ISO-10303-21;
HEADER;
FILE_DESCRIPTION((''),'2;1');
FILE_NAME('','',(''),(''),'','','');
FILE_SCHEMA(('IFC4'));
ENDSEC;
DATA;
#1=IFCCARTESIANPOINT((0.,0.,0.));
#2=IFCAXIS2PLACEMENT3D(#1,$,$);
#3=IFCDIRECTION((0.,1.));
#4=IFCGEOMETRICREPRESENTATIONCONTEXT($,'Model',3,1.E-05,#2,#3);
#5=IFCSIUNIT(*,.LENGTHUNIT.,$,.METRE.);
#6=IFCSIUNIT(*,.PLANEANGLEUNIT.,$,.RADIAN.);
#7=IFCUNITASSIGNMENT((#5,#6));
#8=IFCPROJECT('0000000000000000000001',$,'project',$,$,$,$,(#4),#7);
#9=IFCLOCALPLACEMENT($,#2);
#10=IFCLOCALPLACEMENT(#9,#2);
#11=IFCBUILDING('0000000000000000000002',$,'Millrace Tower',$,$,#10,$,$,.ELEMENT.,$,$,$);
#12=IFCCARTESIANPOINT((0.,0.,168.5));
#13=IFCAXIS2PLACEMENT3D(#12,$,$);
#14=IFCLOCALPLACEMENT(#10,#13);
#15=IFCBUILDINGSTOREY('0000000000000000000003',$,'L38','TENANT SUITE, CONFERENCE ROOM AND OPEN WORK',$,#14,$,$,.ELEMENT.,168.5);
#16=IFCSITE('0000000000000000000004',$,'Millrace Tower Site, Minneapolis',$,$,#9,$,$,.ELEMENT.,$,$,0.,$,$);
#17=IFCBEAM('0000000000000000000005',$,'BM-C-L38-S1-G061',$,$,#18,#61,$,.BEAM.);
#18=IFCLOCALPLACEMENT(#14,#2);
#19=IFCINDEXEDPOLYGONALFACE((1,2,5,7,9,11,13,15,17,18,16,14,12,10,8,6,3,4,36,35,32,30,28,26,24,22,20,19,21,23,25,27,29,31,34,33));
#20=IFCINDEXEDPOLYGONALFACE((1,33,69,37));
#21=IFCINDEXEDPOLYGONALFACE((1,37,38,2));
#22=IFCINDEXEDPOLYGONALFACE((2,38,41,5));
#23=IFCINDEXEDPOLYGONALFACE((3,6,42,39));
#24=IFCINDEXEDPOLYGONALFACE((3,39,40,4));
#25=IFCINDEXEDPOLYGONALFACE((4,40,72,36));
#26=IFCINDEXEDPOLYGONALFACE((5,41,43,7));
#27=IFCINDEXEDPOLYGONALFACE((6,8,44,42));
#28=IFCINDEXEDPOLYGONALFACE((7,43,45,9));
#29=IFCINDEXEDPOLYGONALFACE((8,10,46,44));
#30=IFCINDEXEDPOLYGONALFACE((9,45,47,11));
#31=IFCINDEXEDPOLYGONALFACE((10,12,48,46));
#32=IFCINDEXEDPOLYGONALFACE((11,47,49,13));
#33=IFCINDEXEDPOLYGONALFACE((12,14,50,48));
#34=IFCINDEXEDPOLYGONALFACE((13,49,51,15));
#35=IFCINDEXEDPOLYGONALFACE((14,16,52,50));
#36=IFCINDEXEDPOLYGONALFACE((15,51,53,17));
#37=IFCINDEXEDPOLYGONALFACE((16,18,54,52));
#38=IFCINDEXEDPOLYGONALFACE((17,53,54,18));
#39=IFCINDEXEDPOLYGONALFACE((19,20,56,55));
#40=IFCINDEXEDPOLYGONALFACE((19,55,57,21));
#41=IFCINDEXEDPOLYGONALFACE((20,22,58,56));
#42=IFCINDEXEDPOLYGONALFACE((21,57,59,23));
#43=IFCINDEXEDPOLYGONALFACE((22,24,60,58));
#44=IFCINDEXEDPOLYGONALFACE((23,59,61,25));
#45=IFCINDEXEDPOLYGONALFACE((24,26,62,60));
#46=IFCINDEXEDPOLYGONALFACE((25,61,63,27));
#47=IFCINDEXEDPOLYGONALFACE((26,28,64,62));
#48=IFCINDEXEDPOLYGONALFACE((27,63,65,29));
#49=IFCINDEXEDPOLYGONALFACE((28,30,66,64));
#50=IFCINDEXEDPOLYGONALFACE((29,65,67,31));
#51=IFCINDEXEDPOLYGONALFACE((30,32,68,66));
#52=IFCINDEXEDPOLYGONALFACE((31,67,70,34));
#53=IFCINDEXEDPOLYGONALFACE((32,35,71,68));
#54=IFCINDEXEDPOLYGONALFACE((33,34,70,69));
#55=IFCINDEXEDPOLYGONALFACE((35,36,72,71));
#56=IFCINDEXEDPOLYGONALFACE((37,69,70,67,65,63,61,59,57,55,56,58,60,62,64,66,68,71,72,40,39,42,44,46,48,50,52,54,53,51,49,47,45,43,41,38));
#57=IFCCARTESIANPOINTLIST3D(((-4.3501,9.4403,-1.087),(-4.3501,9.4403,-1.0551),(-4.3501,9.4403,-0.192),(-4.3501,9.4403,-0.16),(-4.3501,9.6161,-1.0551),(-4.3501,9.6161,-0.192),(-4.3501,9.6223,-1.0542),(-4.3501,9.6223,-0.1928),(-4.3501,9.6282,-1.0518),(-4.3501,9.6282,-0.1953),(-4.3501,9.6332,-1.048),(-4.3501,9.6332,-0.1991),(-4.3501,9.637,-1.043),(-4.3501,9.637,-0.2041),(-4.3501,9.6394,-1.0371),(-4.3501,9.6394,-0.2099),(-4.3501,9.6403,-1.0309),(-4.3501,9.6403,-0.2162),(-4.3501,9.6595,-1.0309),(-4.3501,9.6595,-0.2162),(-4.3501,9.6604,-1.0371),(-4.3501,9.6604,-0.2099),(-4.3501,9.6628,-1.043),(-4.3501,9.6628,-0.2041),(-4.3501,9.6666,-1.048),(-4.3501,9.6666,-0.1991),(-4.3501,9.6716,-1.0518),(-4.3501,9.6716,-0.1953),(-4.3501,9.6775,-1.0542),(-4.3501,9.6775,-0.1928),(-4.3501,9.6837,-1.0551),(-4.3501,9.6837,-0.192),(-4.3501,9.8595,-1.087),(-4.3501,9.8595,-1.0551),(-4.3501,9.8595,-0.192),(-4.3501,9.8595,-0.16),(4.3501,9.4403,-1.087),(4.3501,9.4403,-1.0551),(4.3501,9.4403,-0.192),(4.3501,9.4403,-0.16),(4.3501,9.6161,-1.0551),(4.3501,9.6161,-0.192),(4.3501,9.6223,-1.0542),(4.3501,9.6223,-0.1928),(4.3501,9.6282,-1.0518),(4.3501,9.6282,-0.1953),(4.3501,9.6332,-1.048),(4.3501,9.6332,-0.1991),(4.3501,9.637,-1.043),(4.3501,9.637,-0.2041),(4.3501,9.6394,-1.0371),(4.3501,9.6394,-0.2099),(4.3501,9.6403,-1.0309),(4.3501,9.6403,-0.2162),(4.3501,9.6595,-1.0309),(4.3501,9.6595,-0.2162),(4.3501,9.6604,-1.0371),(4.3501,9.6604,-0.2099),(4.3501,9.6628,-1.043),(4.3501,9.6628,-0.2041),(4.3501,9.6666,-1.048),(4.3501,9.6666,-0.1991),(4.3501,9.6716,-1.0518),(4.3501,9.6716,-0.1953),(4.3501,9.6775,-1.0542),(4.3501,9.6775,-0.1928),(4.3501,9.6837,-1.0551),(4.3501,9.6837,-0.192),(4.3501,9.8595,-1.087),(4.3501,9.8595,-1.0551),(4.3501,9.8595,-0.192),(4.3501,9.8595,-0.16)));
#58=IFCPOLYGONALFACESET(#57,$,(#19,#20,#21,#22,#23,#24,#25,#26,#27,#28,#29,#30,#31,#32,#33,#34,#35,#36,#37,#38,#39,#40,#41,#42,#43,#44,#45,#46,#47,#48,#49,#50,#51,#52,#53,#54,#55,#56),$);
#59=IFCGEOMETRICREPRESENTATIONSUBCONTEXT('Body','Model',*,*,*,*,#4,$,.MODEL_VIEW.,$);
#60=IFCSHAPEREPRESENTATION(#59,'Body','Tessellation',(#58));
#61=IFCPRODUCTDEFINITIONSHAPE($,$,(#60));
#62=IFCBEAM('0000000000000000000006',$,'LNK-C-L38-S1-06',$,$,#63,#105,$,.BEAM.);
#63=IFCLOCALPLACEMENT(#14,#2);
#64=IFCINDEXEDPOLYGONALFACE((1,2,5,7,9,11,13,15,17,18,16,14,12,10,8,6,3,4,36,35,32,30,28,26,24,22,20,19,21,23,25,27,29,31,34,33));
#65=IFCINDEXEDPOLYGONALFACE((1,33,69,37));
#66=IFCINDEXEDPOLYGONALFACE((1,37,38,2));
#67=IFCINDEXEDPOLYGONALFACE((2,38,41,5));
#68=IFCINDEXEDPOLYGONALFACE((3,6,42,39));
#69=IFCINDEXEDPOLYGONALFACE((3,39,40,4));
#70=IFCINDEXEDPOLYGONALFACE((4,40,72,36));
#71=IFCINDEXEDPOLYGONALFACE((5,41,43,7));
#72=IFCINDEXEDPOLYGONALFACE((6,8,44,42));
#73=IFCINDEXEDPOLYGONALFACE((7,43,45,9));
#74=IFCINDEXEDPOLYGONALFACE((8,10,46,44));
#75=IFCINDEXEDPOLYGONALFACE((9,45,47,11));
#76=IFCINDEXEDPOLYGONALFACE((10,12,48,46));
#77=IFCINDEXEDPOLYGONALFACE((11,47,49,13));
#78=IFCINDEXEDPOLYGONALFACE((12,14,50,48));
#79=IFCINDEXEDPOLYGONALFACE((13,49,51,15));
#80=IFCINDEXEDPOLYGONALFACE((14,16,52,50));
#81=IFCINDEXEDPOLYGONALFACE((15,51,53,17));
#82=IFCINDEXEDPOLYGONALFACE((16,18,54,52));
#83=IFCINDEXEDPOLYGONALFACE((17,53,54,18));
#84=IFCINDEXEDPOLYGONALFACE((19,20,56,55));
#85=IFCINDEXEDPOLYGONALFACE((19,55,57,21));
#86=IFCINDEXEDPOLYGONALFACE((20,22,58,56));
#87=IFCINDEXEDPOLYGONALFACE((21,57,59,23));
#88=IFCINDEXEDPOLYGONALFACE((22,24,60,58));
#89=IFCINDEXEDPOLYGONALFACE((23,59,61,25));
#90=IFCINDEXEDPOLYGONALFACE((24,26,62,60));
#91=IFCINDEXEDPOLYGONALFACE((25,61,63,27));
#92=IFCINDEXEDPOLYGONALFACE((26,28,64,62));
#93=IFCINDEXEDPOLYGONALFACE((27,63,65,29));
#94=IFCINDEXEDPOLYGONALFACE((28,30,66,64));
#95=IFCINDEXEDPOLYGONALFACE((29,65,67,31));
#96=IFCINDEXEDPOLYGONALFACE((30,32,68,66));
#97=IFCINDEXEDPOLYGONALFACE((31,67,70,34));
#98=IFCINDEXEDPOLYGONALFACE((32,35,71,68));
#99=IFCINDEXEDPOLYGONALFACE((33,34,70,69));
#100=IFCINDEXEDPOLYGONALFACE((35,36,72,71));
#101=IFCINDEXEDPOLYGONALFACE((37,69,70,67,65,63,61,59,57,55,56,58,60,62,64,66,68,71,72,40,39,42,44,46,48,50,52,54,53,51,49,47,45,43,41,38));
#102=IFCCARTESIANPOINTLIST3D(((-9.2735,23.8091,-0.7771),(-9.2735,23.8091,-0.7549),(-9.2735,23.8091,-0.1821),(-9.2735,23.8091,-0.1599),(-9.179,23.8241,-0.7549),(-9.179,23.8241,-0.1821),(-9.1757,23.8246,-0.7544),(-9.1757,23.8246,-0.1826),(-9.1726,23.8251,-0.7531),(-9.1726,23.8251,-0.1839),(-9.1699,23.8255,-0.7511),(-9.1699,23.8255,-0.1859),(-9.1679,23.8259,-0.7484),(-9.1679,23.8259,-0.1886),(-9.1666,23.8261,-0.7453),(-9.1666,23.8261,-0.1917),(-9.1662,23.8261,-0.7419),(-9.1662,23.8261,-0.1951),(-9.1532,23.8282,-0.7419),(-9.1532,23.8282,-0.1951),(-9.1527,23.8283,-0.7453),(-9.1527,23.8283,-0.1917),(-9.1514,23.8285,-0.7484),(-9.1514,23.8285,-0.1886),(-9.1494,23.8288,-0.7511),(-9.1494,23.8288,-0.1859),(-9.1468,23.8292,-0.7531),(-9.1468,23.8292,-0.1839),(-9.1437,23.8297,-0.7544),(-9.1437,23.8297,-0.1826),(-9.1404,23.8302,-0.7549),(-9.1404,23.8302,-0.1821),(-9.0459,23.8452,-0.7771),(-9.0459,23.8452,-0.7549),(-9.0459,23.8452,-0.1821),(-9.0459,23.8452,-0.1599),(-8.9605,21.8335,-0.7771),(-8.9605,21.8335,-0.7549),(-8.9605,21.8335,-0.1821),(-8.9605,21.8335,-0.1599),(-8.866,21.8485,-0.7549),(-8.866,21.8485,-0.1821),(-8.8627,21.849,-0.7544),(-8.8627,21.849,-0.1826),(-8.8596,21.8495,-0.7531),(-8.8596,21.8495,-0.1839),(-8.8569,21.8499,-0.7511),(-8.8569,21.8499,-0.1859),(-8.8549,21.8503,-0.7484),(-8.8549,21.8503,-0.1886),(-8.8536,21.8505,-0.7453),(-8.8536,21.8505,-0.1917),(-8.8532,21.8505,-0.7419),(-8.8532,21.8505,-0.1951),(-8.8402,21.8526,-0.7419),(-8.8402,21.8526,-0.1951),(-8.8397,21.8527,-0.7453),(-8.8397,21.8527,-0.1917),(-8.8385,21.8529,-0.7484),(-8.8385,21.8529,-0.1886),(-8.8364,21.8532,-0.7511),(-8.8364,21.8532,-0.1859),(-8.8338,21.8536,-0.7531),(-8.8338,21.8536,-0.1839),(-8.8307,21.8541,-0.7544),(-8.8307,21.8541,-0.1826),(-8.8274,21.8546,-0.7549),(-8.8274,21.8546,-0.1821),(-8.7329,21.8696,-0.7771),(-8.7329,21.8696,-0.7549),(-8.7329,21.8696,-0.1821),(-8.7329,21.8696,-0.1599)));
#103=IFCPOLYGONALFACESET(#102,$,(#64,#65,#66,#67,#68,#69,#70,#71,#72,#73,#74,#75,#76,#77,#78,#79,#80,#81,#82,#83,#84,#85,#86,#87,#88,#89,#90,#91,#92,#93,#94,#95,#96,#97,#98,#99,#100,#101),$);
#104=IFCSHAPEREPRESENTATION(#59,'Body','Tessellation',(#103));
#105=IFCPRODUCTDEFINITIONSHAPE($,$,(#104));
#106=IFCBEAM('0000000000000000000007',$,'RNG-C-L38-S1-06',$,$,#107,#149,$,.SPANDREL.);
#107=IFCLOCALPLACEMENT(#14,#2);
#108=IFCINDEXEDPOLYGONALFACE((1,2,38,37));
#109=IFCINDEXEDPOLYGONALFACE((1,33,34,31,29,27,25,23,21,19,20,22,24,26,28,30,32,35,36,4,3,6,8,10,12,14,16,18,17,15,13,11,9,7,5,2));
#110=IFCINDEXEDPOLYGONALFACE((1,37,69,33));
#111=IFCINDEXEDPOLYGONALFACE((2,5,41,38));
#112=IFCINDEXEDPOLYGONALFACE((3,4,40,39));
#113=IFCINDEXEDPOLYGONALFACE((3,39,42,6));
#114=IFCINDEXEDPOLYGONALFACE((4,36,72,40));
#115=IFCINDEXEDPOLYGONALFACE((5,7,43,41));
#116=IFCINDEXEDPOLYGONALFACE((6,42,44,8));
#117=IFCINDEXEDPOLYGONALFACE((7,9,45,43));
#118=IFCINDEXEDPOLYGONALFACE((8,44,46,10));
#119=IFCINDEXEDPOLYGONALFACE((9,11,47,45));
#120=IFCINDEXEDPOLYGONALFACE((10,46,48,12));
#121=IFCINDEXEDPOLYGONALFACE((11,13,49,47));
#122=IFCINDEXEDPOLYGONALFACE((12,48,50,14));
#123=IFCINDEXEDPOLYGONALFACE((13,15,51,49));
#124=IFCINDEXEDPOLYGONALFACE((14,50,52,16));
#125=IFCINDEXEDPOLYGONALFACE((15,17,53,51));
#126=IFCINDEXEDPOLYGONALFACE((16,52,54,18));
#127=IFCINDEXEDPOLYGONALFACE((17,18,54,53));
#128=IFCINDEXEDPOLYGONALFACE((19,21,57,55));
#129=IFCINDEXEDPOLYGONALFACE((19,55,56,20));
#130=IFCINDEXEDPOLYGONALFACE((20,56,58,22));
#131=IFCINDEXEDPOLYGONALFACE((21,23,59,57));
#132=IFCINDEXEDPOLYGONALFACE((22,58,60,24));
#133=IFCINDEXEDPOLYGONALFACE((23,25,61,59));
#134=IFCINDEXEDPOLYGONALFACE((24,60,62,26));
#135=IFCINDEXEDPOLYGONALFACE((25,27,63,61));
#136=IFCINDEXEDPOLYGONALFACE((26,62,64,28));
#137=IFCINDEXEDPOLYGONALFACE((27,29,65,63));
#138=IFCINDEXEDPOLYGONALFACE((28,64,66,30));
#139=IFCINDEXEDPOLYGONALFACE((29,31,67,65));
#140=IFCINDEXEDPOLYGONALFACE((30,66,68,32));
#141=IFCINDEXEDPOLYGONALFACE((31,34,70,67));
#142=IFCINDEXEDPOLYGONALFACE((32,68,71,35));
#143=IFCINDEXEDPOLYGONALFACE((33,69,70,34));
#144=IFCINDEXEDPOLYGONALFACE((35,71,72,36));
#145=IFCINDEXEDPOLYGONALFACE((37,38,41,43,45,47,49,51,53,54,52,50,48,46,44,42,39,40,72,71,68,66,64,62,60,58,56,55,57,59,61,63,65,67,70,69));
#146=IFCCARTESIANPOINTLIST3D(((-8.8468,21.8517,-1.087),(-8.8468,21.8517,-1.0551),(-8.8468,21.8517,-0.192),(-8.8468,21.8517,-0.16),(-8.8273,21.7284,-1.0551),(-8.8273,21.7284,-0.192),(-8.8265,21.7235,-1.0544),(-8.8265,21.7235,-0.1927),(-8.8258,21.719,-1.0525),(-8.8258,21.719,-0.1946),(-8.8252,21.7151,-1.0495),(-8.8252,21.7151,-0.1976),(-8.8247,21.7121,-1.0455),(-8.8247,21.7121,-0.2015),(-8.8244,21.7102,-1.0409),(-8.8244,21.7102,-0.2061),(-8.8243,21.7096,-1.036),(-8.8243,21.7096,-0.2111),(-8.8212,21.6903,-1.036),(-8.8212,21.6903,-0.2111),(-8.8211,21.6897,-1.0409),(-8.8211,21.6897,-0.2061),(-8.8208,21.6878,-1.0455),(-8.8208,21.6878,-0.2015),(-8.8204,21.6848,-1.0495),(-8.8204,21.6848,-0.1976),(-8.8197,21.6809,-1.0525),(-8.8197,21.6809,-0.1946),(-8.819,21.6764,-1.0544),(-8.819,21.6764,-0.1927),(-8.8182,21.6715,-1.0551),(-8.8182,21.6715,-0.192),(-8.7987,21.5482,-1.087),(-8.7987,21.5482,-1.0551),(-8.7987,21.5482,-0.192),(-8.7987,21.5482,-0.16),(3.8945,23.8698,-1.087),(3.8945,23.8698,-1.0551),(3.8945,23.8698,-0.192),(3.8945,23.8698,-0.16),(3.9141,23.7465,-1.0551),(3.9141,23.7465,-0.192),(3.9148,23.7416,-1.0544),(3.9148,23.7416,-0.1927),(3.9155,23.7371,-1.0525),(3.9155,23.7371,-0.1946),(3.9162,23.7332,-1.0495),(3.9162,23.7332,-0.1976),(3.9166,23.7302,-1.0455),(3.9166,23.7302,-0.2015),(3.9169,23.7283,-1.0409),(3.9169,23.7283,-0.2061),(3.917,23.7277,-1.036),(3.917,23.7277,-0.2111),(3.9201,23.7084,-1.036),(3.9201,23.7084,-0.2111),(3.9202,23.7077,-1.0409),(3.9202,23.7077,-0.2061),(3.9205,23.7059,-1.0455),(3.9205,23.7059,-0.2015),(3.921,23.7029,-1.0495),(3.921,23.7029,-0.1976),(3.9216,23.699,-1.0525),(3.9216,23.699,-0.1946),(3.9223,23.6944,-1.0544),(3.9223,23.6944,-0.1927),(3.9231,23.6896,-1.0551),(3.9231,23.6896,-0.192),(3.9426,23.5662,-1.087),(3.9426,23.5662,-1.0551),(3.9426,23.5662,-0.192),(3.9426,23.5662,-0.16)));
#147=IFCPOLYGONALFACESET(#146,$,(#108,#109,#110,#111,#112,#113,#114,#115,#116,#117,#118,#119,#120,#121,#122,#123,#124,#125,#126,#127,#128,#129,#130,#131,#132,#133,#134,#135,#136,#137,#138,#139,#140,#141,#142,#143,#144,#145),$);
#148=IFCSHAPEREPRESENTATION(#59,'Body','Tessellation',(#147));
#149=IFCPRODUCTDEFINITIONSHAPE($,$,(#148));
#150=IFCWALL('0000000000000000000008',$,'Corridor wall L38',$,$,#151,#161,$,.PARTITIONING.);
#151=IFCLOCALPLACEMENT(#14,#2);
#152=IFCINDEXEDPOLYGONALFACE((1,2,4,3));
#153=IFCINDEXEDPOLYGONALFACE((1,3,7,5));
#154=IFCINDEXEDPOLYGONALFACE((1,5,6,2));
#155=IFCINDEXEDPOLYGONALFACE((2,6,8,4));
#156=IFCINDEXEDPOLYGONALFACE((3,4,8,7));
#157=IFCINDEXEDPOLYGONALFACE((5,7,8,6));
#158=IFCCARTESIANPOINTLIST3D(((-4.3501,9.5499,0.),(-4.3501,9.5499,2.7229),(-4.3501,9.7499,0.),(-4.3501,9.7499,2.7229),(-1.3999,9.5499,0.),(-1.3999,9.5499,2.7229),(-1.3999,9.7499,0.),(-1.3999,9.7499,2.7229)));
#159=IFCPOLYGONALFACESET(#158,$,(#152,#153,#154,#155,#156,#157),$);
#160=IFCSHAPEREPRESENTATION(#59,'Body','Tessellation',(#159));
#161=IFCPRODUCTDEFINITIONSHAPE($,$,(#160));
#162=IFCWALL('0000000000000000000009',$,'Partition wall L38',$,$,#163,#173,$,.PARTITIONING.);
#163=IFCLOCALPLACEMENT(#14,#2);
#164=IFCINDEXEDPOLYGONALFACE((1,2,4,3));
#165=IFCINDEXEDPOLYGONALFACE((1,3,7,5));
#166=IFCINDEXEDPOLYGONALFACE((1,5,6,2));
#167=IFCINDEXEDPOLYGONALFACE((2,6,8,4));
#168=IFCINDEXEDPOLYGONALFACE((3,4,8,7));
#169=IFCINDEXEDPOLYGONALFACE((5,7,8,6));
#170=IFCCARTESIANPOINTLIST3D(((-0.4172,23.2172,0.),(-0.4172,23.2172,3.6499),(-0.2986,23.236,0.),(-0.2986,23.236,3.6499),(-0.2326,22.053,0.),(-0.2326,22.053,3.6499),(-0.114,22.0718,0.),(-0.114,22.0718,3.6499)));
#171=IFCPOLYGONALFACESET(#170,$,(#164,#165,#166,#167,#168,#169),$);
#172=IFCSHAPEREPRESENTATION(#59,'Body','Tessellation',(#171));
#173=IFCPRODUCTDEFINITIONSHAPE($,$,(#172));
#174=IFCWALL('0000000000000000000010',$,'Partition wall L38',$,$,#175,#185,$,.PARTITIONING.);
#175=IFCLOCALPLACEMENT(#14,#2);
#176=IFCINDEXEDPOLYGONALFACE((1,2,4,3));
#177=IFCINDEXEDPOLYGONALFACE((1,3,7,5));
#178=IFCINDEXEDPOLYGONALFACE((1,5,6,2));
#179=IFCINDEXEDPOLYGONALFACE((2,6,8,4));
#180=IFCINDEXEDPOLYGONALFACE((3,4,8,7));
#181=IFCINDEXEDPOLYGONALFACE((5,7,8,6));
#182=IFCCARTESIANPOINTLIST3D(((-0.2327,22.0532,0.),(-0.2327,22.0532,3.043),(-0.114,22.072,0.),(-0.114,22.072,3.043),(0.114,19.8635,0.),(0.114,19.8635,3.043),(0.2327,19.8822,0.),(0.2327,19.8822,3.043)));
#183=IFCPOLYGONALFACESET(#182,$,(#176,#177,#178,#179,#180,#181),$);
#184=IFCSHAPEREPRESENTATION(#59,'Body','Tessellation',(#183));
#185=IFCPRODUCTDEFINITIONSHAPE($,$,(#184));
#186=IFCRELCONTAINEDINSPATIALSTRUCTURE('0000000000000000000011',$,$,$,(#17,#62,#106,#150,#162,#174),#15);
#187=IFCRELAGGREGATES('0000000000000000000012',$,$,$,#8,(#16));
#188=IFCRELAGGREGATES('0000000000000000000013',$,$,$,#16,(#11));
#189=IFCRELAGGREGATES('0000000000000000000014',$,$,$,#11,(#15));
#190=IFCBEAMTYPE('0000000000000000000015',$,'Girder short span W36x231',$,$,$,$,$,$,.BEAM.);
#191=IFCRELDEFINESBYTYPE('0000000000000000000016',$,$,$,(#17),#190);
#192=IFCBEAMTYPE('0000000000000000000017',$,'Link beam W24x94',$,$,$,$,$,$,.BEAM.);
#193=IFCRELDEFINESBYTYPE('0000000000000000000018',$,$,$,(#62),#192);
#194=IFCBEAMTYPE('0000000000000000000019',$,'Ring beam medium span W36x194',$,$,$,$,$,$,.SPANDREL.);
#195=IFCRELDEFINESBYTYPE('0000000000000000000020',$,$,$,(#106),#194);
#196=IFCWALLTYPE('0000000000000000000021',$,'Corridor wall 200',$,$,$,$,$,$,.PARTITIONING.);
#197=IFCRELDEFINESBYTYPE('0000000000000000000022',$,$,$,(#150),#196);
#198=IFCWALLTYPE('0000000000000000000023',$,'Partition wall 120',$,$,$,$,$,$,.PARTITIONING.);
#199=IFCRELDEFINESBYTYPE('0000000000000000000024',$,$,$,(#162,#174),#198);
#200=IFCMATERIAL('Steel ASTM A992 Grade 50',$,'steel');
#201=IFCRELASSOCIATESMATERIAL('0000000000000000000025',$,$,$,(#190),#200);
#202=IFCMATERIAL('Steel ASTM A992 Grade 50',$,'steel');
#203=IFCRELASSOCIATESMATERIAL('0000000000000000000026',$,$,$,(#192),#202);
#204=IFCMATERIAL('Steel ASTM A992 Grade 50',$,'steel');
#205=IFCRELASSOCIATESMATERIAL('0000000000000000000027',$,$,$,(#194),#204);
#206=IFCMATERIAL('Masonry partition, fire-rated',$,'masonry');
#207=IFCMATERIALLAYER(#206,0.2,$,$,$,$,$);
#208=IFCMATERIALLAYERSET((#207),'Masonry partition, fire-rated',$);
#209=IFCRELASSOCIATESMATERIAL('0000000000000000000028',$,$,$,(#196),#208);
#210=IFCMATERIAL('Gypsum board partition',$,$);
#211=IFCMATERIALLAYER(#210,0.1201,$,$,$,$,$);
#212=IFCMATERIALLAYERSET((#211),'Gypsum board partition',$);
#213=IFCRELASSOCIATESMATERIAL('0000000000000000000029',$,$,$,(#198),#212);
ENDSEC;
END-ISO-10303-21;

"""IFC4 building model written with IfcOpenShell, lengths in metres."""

from ifc_helpers import new_model, si_unit, direction, frame, frame_2d, origin, origin_2d, place, context, subcontext, project, spatial, rectangle, i_section, extrude, material, layer, layer_set, material_profile, profile_set, type_object, element, save


model = new_model("IFC4")

# Units and contexts
model_context = context("Model", 3, precision=1e-05, world=origin(), true_north=direction((0.0, 1.0)))
body_context = subcontext(model_context, "Body", "Model", "MODEL_VIEW")
ifc_project = project(units=[si_unit("LENGTHUNIT", "METRE"), si_unit("PLANEANGLEUNIT", "RADIAN")], contexts=[model_context])

# Site, building, storey
site_placement = place(None, origin())
site = spatial("IfcSite", under=ifc_project, at=site_placement, Name="Millrace Tower Site, Minneapolis", CompositionType="ELEMENT", RefElevation=0.0)
building_placement = place(site_placement, origin())
building = spatial("IfcBuilding", under=site, at=building_placement, Name="Millrace Tower", CompositionType="ELEMENT")
storey_placement = place(building_placement, frame((0.0, 0.0, 168.5)))
storey = spatial("IfcBuildingStorey", under=building, at=storey_placement, Name="L38", Description="TENANT SUITE, CONFERENCE ROOM AND OPEN WORK", CompositionType="ELEMENT", Elevation=168.5)

# Beams
ifc_material_1 = material(Name="Steel ASTM A992 Grade 50", Category="steel")
ifc_material_profile_1 = material_profile(ifc_material_1, i_section(OverallWidth=0.4192, OverallDepth=0.927, WebThickness=0.0193, FlangeThickness=0.032, FilletRadius=0.0242, at=origin_2d()))
ifc_profile_set_1 = profile_set([ifc_material_profile_1], Name="Steel ASTM A992 Grade 50")
beam_type_1 = type_object("IfcBeamType", Name="Girder short span W36x231", PredefinedType="BEAM", material=ifc_profile_set_1)
beam_1_placement = place(storey_placement, frame((-4.3501, 9.6499, -0.6235), z_axis=(1.0, 0.0, 0.0), x_axis=(0.0, 1.0, 0.0)))
element("IfcBeam", 1, at=beam_1_placement, inside=storey, type_object=beam_type_1, Name="BM-C-L38-S1-G061", PredefinedType="BEAM", context=body_context, shape_type="SweptSolid", body=[
    extrude(i_section(OverallWidth=0.4192, OverallDepth=0.927, WebThickness=0.0193, FlangeThickness=0.032, FilletRadius=0.0242, at=origin_2d()), origin(), (0.0, 0.0, 1.0), 8.7002),
])
ifc_material_2 = material(Name="Steel ASTM A992 Grade 50", Category="steel")
ifc_material_profile_2 = material_profile(ifc_material_2, i_section(OverallWidth=0.2305, OverallDepth=0.6172, WebThickness=0.0132, FlangeThickness=0.0222, FilletRadius=0.0129, at=origin_2d()))
ifc_profile_set_2 = profile_set([ifc_material_profile_2], Name="Steel ASTM A992 Grade 50")
beam_type_2 = type_object("IfcBeamType", Name="Link beam W24x94", PredefinedType="BEAM", material=ifc_profile_set_2)
beam_2_placement = place(storey_placement, frame((-8.8467, 21.8516, -0.4685), z_axis=(-0.156477, 0.987682, 0.0), x_axis=(-0.987682, -0.156477, 0.0)))
element("IfcBeam", 2, at=beam_2_placement, inside=storey, type_object=beam_type_2, Name="LNK-C-L38-S1-06", PredefinedType="BEAM", context=body_context, shape_type="SweptSolid", body=[
    extrude(i_section(OverallWidth=0.2305, OverallDepth=0.6172, WebThickness=0.0132, FlangeThickness=0.0222, FilletRadius=0.0129, at=origin_2d()), origin(), (0.0, 0.0, 1.0), 2.0002),
])
ifc_material_3 = material(Name="Steel ASTM A992 Grade 50", Category="steel")
ifc_material_profile_3 = material_profile(ifc_material_3, i_section(OverallWidth=0.3074, OverallDepth=0.927, WebThickness=0.0195, FlangeThickness=0.032, FilletRadius=0.019, at=origin_2d()))
ifc_profile_set_3 = profile_set([ifc_material_profile_3], Name="Steel ASTM A992 Grade 50")
beam_type_3 = type_object("IfcBeamType", Name="Ring beam medium span W36x194", PredefinedType="SPANDREL", material=ifc_profile_set_3)
beam_3_placement = place(storey_placement, frame((-8.8228, 21.7, -0.6235), z_axis=(0.987688, 0.156439, 0.0), x_axis=(-0.156439, 0.987688, 0.0)))
element("IfcBeam", 3, at=beam_3_placement, inside=storey, type_object=beam_type_3, Name="RNG-C-L38-S1-06", PredefinedType="SPANDREL", context=body_context, shape_type="SweptSolid", body=[
    extrude(i_section(OverallWidth=0.3074, OverallDepth=0.927, WebThickness=0.0195, FlangeThickness=0.032, FilletRadius=0.019, at=origin_2d()), origin(), (0.0, 0.0, 1.0), 12.9001),
])

# Walls
ifc_material_4 = material(Name="Masonry partition, fire-rated", Category="masonry")
ifc_layer_1 = layer(ifc_material_4, 0.2)
ifc_layer_set_1 = layer_set([ifc_layer_1], Name="Masonry partition, fire-rated")
wall_type_1 = type_object("IfcWallType", Name="Corridor wall 200", PredefinedType="PARTITIONING", material=ifc_layer_set_1)
wall_1_placement = place(storey_placement, frame((-4.3501, 9.6499, 0.0), z_axis=(0.0, 0.0, 1.0), x_axis=(1.0, 0.0, 0.0)))
element("IfcWall", 4, at=wall_1_placement, inside=storey, type_object=wall_type_1, Name="Corridor wall L38", PredefinedType="PARTITIONING", context=body_context, shape_type="SweptSolid", body=[
    extrude(rectangle(XDim=2.9502, YDim=0.2, at=frame_2d((1.4751, 0.0))), origin(), (0.0, 0.0, 1.0), 2.7229),
])
ifc_material_5 = material(Name="Gypsum board partition")
ifc_layer_2 = layer(ifc_material_5, 0.1201)
ifc_layer_set_2 = layer_set([ifc_layer_2], Name="Gypsum board partition")
wall_type_2 = type_object("IfcWallType", Name="Partition wall 120", PredefinedType="PARTITIONING", material=ifc_layer_set_2)
wall_2_placement = place(storey_placement, frame((-0.3579, 23.2266, 0.0), z_axis=(0.0, 0.0, 1.0), x_axis=(0.156601, -0.987662, 0.0)))
element("IfcWall", 5, at=wall_2_placement, inside=storey, type_object=wall_type_2, Name="Partition wall L38", PredefinedType="PARTITIONING", context=body_context, shape_type="SweptSolid", body=[
    extrude(rectangle(XDim=1.1787, YDim=0.1201, at=frame_2d((0.5894, 0.0))), origin(), (0.0, 0.0, 1.0), 3.6499),
])
wall_3_placement = place(storey_placement, frame((-0.1733, 22.0625, 0.0), z_axis=(0.0, 0.0, 1.0), x_axis=(0.156375, -0.987698, 0.0)))
element("IfcWall", 6, at=wall_3_placement, inside=storey, type_object=wall_type_2, Name="Partition wall L38", PredefinedType="PARTITIONING", context=body_context, shape_type="SweptSolid", body=[
    extrude(rectangle(XDim=2.217, YDim=0.1201, at=frame_2d((1.1084, 0.0))), origin(), (0.0, 0.0, 1.0), 3.043),
])

save(model, "model.ifc")
